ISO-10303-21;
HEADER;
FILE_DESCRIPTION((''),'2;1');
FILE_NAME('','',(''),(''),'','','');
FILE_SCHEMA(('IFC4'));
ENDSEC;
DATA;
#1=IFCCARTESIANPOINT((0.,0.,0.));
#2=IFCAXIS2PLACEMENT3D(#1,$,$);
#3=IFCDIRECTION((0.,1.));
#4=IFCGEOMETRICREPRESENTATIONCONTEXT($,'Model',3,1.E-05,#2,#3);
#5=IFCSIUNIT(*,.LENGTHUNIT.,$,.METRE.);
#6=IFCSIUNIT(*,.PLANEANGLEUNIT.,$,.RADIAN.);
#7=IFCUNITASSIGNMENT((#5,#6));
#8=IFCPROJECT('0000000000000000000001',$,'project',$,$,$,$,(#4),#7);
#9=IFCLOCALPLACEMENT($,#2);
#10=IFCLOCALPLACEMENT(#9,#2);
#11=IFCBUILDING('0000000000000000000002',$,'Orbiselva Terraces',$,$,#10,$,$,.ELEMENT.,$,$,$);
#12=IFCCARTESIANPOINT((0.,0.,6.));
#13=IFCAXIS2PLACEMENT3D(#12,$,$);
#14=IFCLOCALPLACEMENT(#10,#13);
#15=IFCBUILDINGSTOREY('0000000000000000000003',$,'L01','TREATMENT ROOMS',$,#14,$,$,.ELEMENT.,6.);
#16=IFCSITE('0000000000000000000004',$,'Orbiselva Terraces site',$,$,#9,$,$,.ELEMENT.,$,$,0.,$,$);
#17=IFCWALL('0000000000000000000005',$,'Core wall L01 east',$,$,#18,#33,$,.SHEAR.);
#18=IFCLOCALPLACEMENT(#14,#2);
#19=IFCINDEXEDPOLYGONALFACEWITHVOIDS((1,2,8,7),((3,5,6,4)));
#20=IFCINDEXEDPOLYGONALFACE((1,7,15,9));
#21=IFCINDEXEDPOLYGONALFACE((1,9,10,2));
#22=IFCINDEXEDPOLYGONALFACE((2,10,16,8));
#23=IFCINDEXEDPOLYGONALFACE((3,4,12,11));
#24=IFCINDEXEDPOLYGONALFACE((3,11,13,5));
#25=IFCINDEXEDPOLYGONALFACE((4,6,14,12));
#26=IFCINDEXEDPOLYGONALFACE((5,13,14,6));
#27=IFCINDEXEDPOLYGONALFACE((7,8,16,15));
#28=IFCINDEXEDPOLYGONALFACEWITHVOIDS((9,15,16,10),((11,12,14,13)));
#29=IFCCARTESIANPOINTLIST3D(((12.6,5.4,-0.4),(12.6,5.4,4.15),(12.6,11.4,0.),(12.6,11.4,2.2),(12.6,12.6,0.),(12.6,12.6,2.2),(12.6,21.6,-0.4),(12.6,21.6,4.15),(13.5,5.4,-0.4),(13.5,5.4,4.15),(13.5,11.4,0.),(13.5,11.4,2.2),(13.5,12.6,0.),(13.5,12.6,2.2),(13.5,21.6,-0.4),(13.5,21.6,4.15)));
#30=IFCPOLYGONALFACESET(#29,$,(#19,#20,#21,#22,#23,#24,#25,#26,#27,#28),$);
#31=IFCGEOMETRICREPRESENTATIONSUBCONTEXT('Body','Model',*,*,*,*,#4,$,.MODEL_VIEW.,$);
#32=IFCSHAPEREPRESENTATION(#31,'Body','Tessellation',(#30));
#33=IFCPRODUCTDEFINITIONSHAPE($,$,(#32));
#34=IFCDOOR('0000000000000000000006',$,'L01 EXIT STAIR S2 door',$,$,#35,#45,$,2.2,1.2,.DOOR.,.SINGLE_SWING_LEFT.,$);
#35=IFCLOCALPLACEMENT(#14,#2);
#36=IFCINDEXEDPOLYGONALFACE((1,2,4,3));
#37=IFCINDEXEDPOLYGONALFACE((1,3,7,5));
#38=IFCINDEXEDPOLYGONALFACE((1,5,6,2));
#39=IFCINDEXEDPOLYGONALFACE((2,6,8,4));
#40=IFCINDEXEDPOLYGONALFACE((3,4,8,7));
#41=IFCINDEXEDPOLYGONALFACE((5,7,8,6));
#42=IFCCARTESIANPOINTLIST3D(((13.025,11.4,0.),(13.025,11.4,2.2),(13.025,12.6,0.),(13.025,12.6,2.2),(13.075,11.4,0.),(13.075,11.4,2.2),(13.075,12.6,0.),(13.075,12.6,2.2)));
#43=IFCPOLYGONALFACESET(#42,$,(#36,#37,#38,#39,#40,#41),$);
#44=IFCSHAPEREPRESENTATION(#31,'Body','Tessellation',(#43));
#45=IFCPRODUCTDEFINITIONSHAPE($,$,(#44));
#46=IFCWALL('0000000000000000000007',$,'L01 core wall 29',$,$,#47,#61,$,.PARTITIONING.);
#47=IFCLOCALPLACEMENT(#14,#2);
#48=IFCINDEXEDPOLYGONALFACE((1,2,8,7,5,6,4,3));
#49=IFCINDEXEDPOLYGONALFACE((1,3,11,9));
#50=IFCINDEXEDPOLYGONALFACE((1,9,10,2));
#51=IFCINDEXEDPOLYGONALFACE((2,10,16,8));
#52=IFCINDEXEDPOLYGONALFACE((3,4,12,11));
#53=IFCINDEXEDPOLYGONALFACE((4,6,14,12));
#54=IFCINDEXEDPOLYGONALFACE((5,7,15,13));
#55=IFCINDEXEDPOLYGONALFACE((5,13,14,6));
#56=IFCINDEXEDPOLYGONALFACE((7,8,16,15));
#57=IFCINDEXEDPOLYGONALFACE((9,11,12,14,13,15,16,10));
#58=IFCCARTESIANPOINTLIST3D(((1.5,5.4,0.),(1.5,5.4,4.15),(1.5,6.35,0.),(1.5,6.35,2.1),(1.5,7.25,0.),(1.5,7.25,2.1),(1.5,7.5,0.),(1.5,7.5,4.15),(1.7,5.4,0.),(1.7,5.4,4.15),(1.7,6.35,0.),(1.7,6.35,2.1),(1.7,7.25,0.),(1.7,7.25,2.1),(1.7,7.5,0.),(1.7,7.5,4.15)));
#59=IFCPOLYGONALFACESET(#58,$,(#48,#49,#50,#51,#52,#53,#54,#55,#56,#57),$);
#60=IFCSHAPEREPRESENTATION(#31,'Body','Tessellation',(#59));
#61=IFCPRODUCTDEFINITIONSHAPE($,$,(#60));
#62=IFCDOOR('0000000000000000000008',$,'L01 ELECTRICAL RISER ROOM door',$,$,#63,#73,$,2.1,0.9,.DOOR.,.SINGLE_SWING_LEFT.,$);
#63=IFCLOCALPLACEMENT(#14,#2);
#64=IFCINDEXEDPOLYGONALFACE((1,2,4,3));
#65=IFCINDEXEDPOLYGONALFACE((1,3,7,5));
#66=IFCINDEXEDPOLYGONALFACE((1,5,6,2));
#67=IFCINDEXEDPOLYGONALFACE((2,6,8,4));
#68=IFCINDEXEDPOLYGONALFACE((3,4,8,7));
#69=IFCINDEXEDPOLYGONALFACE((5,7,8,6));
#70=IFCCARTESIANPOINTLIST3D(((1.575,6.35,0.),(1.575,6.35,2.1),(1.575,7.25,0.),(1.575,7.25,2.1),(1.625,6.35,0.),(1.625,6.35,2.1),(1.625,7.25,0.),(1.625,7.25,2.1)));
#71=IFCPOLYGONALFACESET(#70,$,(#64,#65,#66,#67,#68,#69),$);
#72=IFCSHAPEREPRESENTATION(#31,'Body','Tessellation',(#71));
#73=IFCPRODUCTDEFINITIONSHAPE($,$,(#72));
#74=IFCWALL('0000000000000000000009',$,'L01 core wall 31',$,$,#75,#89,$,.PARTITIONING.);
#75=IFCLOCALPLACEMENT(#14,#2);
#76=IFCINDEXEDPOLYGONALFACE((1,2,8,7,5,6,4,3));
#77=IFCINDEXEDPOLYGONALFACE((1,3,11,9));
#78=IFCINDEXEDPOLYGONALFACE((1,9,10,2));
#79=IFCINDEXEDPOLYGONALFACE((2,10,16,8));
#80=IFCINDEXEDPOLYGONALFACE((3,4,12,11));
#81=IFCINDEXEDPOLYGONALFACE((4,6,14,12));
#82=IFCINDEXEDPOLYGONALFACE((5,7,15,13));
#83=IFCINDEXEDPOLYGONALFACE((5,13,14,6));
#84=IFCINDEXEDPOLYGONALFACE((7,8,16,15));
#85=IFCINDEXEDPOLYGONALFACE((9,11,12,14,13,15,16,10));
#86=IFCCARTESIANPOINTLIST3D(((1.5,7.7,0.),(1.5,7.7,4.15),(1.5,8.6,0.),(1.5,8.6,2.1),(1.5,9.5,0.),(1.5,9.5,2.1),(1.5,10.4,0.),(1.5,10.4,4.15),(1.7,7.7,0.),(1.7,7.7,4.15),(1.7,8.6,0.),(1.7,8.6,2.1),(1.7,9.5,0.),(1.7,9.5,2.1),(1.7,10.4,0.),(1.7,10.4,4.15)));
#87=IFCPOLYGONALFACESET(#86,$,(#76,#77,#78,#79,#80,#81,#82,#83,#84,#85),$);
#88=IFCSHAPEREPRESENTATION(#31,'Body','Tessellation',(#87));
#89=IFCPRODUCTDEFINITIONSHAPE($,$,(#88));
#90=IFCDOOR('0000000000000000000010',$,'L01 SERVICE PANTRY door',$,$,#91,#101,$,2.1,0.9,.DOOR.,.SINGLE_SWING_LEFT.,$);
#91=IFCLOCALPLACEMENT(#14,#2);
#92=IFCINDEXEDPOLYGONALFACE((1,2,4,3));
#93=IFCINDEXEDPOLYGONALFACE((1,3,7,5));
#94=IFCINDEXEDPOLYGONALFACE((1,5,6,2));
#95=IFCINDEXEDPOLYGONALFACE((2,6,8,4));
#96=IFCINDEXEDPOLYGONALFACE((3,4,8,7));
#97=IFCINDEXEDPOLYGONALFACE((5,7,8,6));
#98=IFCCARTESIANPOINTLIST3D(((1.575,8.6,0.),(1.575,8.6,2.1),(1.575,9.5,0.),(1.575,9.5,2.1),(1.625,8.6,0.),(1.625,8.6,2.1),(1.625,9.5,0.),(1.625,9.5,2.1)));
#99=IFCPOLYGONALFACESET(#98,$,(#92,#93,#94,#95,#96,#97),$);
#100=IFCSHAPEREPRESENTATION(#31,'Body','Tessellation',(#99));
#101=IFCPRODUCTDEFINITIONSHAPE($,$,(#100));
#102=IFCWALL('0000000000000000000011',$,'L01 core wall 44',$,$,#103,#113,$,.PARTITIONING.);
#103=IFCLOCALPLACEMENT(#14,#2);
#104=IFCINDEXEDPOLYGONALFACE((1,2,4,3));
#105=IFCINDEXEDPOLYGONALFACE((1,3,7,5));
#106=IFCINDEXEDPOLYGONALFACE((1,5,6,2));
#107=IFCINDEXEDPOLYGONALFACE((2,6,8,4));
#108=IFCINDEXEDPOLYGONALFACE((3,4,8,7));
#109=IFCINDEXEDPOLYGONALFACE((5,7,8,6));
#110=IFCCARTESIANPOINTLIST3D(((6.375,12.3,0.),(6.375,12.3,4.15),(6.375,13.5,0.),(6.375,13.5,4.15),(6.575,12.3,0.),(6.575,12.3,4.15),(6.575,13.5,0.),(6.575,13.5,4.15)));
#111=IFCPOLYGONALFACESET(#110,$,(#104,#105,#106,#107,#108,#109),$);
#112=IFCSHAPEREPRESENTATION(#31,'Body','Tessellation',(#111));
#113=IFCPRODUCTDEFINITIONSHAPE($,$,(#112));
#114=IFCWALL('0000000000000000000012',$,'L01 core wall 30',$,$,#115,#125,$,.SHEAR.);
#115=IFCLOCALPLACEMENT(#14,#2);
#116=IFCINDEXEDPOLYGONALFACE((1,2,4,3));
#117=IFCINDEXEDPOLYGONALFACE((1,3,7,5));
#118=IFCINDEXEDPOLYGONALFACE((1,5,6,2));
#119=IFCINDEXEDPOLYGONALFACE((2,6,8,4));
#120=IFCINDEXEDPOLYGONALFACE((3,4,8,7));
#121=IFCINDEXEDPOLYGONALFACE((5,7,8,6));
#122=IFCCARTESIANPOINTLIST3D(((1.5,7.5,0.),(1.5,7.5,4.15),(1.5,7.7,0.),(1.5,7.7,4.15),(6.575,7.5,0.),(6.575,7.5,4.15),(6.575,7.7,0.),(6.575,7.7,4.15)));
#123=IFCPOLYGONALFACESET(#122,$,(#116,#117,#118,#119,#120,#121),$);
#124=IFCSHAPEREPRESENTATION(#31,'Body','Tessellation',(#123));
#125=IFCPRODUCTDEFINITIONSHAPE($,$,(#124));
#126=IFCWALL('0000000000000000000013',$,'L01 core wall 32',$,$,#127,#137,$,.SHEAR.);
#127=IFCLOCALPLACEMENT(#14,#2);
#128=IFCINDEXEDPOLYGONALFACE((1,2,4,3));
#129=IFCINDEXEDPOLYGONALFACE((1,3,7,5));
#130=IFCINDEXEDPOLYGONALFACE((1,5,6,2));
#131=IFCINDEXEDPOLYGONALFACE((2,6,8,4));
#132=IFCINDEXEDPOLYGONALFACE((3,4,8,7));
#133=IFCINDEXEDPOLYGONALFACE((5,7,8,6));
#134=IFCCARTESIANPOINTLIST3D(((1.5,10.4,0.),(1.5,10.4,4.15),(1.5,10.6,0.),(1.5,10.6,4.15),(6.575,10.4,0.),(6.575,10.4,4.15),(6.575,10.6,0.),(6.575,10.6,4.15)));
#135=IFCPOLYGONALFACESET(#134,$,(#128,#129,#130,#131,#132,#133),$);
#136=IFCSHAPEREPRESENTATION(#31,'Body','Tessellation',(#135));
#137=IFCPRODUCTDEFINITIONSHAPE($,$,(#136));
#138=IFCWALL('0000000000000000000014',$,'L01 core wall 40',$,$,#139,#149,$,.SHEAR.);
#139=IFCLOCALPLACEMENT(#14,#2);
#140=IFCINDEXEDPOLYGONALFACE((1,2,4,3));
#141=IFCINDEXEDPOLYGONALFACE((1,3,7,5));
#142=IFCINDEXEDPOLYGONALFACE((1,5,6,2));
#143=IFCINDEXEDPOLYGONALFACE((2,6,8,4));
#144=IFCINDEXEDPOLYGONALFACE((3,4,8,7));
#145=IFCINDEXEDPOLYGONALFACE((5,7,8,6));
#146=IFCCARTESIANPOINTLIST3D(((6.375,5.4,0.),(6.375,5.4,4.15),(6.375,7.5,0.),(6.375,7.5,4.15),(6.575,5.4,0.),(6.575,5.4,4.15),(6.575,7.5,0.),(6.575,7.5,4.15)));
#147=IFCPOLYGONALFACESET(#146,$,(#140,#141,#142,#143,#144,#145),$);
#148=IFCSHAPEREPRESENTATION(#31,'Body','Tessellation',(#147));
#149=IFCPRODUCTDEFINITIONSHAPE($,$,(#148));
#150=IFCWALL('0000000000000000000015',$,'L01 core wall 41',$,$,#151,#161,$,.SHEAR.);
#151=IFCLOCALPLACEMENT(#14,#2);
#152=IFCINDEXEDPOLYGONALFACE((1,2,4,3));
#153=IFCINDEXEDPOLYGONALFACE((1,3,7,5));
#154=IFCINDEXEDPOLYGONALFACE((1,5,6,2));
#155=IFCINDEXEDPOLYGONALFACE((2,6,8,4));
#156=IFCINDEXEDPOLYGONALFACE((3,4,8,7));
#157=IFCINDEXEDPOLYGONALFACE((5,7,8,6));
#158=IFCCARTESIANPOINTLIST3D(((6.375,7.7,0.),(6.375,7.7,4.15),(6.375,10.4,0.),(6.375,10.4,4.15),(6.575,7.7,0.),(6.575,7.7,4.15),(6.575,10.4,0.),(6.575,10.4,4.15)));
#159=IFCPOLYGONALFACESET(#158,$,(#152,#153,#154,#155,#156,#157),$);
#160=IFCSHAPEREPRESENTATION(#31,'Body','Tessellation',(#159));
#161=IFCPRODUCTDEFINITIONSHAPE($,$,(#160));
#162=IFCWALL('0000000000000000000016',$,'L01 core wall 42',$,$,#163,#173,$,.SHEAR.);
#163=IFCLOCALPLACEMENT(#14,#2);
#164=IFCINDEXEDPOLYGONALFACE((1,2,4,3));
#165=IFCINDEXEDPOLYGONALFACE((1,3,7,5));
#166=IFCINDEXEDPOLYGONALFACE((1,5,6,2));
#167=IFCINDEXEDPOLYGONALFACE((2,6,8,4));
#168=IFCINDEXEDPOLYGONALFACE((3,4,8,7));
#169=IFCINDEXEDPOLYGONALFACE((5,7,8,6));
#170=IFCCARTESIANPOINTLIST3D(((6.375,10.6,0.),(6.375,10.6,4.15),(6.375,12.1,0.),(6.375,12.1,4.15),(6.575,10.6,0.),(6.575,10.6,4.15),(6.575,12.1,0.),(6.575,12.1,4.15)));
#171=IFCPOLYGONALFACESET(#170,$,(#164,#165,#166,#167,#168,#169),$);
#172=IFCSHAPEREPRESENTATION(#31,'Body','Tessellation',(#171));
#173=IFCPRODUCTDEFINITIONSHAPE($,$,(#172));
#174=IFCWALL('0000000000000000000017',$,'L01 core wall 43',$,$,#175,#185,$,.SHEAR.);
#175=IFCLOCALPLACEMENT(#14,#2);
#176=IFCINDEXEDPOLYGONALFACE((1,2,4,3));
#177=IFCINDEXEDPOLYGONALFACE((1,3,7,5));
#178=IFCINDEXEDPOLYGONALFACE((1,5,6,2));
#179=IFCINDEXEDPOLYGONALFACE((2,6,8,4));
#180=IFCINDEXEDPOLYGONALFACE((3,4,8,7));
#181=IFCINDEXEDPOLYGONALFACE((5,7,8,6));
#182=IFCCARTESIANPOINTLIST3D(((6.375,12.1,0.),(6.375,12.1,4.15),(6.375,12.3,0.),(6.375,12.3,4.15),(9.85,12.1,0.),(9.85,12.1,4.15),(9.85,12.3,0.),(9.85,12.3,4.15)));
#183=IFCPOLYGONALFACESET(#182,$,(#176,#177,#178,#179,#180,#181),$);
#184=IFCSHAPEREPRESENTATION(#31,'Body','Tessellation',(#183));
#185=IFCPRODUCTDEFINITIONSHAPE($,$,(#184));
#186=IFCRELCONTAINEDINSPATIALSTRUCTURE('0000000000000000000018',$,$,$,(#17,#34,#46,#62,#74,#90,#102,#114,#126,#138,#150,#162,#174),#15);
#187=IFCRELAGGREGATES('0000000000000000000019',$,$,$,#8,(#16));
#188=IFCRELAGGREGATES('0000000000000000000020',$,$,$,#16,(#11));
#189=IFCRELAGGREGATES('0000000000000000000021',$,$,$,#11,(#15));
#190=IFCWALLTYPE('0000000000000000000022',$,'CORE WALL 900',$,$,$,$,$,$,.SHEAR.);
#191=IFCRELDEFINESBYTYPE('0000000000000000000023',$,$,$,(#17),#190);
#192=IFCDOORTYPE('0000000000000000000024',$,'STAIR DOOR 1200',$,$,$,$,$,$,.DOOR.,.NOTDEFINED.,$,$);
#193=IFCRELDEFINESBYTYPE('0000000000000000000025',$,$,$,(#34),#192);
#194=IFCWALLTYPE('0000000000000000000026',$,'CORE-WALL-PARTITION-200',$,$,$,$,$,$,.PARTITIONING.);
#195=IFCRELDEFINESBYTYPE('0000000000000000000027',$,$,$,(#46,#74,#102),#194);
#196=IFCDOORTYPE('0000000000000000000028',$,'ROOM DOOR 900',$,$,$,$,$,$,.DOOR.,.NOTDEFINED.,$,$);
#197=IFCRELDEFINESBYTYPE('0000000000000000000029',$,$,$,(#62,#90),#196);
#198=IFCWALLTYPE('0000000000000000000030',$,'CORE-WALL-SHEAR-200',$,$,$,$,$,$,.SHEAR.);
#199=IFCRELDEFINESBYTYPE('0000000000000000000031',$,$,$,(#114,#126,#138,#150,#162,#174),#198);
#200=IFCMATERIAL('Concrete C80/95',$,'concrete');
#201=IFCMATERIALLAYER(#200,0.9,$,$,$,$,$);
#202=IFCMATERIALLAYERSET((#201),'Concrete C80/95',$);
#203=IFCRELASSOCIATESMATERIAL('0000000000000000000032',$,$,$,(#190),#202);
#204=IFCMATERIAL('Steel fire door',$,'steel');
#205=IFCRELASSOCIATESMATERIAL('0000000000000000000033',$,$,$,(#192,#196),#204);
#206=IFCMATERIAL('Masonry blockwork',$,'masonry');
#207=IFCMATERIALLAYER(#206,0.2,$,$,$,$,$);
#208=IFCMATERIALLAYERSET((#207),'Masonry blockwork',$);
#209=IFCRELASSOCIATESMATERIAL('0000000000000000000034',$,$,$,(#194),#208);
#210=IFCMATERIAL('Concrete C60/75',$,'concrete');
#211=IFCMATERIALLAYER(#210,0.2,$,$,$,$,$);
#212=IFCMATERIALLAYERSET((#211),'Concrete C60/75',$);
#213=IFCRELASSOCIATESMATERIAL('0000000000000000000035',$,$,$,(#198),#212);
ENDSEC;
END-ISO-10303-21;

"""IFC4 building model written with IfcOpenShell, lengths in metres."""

from ifc_helpers import new_model, si_unit, direction, frame, frame_2d, origin, place, context, subcontext, project, spatial, rectangle, extrude, material, layer, layer_set, type_object, element, fill, save


model = new_model("IFC4")

# Units and contexts
model_context = context("Model", 3, precision=1e-05, world=origin(), true_north=direction((0.0, 1.0)))
body_context = subcontext(model_context, "Body", "Model", "MODEL_VIEW")
ifc_project = project(units=[si_unit("LENGTHUNIT", "METRE"), si_unit("PLANEANGLEUNIT", "RADIAN")], contexts=[model_context])

# Site, building, storey
site_placement = place(None, origin())
site = spatial("IfcSite", under=ifc_project, at=site_placement, Name="Orbiselva Terraces site", CompositionType="ELEMENT", RefElevation=0.0)
building_placement = place(site_placement, origin())
building = spatial("IfcBuilding", under=site, at=building_placement, Name="Orbiselva Terraces", CompositionType="ELEMENT")
storey_placement = place(building_placement, frame((0.0, 0.0, 6.0)))
storey = spatial("IfcBuildingStorey", under=building, at=storey_placement, Name="L01", Description="TREATMENT ROOMS", CompositionType="ELEMENT", Elevation=6.0)

# Walls, openings, doors
ifc_material_1 = material(Name="Concrete C80/95", Category="concrete")
ifc_layer_1 = layer(ifc_material_1, 0.9)
ifc_layer_set_1 = layer_set([ifc_layer_1], Name="Concrete C80/95")
wall_type_1 = type_object("IfcWallType", Name="CORE WALL 900", PredefinedType="SHEAR", material=ifc_layer_set_1)
wall_1_placement = place(storey_placement, frame((13.05, 5.4, -0.4), z_axis=(0.0, 0.0, 1.0), x_axis=(0.0, 1.0, 0.0)))
wall_1 = element("IfcWall", 1, at=wall_1_placement, inside=storey, type_object=wall_type_1, Name="Core wall L01 east", PredefinedType="SHEAR", context=body_context, shape_type="SweptSolid", body=[
    extrude(rectangle(XDim=16.2, YDim=0.9, at=frame_2d((8.1, 0.0))), origin(), (0.0, 0.0, 1.0), 4.55),
])
opening_1_placement = place(wall_1_placement, frame((6.0, 0.0, 0.4)))
opening_1 = element("IfcOpeningElement", 2, at=opening_1_placement, cuts=wall_1, PredefinedType="OPENING", context=body_context, shape_type="SweptSolid", body=[
    extrude(rectangle(XDim=1.2, YDim=2.2, at=frame_2d((0.6, 1.1))), frame((0.0, 0.46, 0.0), z_axis=(0.0, -1.0, 0.0), x_axis=(1.0, 0.0, 0.0)), (0.0, 0.0, 1.0), 0.92),
])
ifc_material_2 = material(Name="Steel fire door", Category="steel")
door_type_1 = type_object("IfcDoorType", Name="STAIR DOOR 1200", OperationType="NOTDEFINED", PredefinedType="DOOR", material=ifc_material_2)
door_1_placement = place(opening_1_placement, frame((1.2, 0.0, 0.0), z_axis=(0.0, 0.0, 1.0), x_axis=(-1.0, 0.0, 0.0)))
door_1 = element("IfcDoor", 3, at=door_1_placement, inside=storey, type_object=door_type_1, Name="L01 EXIT STAIR S2 door", OperationType="SINGLE_SWING_LEFT", OverallHeight=2.2, OverallWidth=1.2, PredefinedType="DOOR", context=body_context, shape_type="SweptSolid", body=[
    extrude(rectangle(XDim=1.2, YDim=2.2, at=frame_2d((0.6, 1.1))), frame((0.0, 0.025, 0.0), z_axis=(0.0, -1.0, 0.0), x_axis=(1.0, 0.0, 0.0)), (0.0, 0.0, 1.0), 0.05),
])
fill(opening_1, door_1)
ifc_material_3 = material(Name="Masonry blockwork", Category="masonry")
ifc_layer_2 = layer(ifc_material_3, 0.2)
ifc_layer_set_2 = layer_set([ifc_layer_2], Name="Masonry blockwork")
wall_type_2 = type_object("IfcWallType", Name="CORE-WALL-PARTITION-200", PredefinedType="PARTITIONING", material=ifc_layer_set_2)
wall_2_placement = place(storey_placement, frame((1.6, 7.5, 0.0), z_axis=(0.0, 0.0, 1.0), x_axis=(0.0, -1.0, 0.0)))
wall_2 = element("IfcWall", 4, at=wall_2_placement, inside=storey, type_object=wall_type_2, Name="L01 core wall 29", PredefinedType="PARTITIONING", context=body_context, shape_type="SweptSolid", body=[
    extrude(rectangle(XDim=2.1, YDim=0.2, at=frame_2d((1.05, 0.0))), origin(), (0.0, 0.0, 1.0), 4.15),
])
opening_2_placement = place(wall_2_placement, frame((0.25, 0.0, 0.0)))
opening_2 = element("IfcOpeningElement", 5, at=opening_2_placement, cuts=wall_2, PredefinedType="OPENING", context=body_context, shape_type="SweptSolid", body=[
    extrude(rectangle(XDim=0.9, YDim=2.1, at=frame_2d((0.45, 1.05))), frame((0.0, 0.11, 0.0), z_axis=(0.0, -1.0, 0.0), x_axis=(1.0, 0.0, 0.0)), (0.0, 0.0, 1.0), 0.22),
])
door_type_2 = type_object("IfcDoorType", Name="ROOM DOOR 900", OperationType="NOTDEFINED", PredefinedType="DOOR", material=ifc_material_2)
door_2_placement = place(opening_2_placement, origin())
door_2 = element("IfcDoor", 6, at=door_2_placement, inside=storey, type_object=door_type_2, Name="L01 ELECTRICAL RISER ROOM door", OperationType="SINGLE_SWING_LEFT", OverallHeight=2.1, OverallWidth=0.9, PredefinedType="DOOR", context=body_context, shape_type="SweptSolid", body=[
    extrude(rectangle(XDim=0.9, YDim=2.1, at=frame_2d((0.45, 1.05))), frame((0.0, 0.025, 0.0), z_axis=(0.0, -1.0, 0.0), x_axis=(1.0, 0.0, 0.0)), (0.0, 0.0, 1.0), 0.05),
])
fill(opening_2, door_2)
wall_3_placement = place(storey_placement, frame((1.6, 10.4, 0.0), z_axis=(0.0, 0.0, 1.0), x_axis=(0.0, -1.0, 0.0)))
wall_3 = element("IfcWall", 7, at=wall_3_placement, inside=storey, type_object=wall_type_2, Name="L01 core wall 31", PredefinedType="PARTITIONING", context=body_context, shape_type="SweptSolid", body=[
    extrude(rectangle(XDim=2.7, YDim=0.2, at=frame_2d((1.35, 0.0))), origin(), (0.0, 0.0, 1.0), 4.15),
])
opening_3_placement = place(wall_3_placement, frame((0.9, 0.0, 0.0)))
opening_3 = element("IfcOpeningElement", 8, at=opening_3_placement, cuts=wall_3, PredefinedType="OPENING", context=body_context, shape_type="SweptSolid", body=[
    extrude(rectangle(XDim=0.9, YDim=2.1, at=frame_2d((0.45, 1.05))), frame((0.0, 0.11, 0.0), z_axis=(0.0, -1.0, 0.0), x_axis=(1.0, 0.0, 0.0)), (0.0, 0.0, 1.0), 0.22),
])
door_3_placement = place(opening_3_placement, origin())
door_3 = element("IfcDoor", 9, at=door_3_placement, inside=storey, type_object=door_type_2, Name="L01 SERVICE PANTRY door", OperationType="SINGLE_SWING_LEFT", OverallHeight=2.1, OverallWidth=0.9, PredefinedType="DOOR", context=body_context, shape_type="SweptSolid", body=[
    extrude(rectangle(XDim=0.9, YDim=2.1, at=frame_2d((0.45, 1.05))), frame((0.0, 0.025, 0.0), z_axis=(0.0, -1.0, 0.0), x_axis=(1.0, 0.0, 0.0)), (0.0, 0.0, 1.0), 0.05),
])
fill(opening_3, door_3)

# Walls
wall_4_placement = place(storey_placement, frame((6.475, 12.3, 0.0), z_axis=(0.0, 0.0, 1.0), x_axis=(0.0, 1.0, 0.0)))
element("IfcWall", 10, at=wall_4_placement, inside=storey, type_object=wall_type_2, Name="L01 core wall 44", PredefinedType="PARTITIONING", context=body_context, shape_type="SweptSolid", body=[
    extrude(rectangle(XDim=1.2, YDim=0.2, at=frame_2d((0.6, 0.0))), origin(), (0.0, 0.0, 1.0), 4.15),
])
ifc_material_4 = material(Name="Concrete C60/75", Category="concrete")
ifc_layer_3 = layer(ifc_material_4, 0.2)
ifc_layer_set_3 = layer_set([ifc_layer_3], Name="Concrete C60/75")
wall_type_3 = type_object("IfcWallType", Name="CORE-WALL-SHEAR-200", PredefinedType="SHEAR", material=ifc_layer_set_3)
for number, where, z_axis, x_axis, name in (
    (11, (1.5, 7.6, 0.0), (0.0, 0.0, 1.0), (1.0, 0.0, 0.0), "L01 core wall 30"),
    (12, (1.5, 10.5, 0.0), (0.0, 0.0, 1.0), (1.0, 0.0, 0.0), "L01 core wall 32"),
):
    element("IfcWall", number, at=place(storey_placement, frame(where, z_axis=z_axis, x_axis=x_axis)), inside=storey, type_object=wall_type_3, Name=name, PredefinedType="SHEAR", context=body_context, shape_type="SweptSolid", body=[
        extrude(rectangle(XDim=5.075, YDim=0.2, at=frame_2d((2.5375, 0.0))), origin(), (0.0, 0.0, 1.0), 4.15),
    ])
wall_5_placement = place(storey_placement, frame((6.475, 5.4, 0.0), z_axis=(0.0, 0.0, 1.0), x_axis=(0.0, 1.0, 0.0)))
element("IfcWall", 13, at=wall_5_placement, inside=storey, type_object=wall_type_3, Name="L01 core wall 40", PredefinedType="SHEAR", context=body_context, shape_type="SweptSolid", body=[
    extrude(rectangle(XDim=2.1, YDim=0.2, at=frame_2d((1.05, 0.0))), origin(), (0.0, 0.0, 1.0), 4.15),
])
wall_6_placement = place(storey_placement, frame((6.475, 7.7, 0.0), z_axis=(0.0, 0.0, 1.0), x_axis=(0.0, 1.0, 0.0)))
element("IfcWall", 14, at=wall_6_placement, inside=storey, type_object=wall_type_3, Name="L01 core wall 41", PredefinedType="SHEAR", context=body_context, shape_type="SweptSolid", body=[
    extrude(rectangle(XDim=2.7, YDim=0.2, at=frame_2d((1.35, 0.0))), origin(), (0.0, 0.0, 1.0), 4.15),
])
wall_7_placement = place(storey_placement, frame((6.475, 10.6, 0.0), z_axis=(0.0, 0.0, 1.0), x_axis=(0.0, 1.0, 0.0)))
element("IfcWall", 15, at=wall_7_placement, inside=storey, type_object=wall_type_3, Name="L01 core wall 42", PredefinedType="SHEAR", context=body_context, shape_type="SweptSolid", body=[
    extrude(rectangle(XDim=1.5, YDim=0.2, at=frame_2d((0.75, 0.0))), origin(), (0.0, 0.0, 1.0), 4.15),
])
wall_8_placement = place(storey_placement, frame((6.375, 12.2, 0.0), z_axis=(0.0, 0.0, 1.0), x_axis=(1.0, 0.0, 0.0)))
element("IfcWall", 16, at=wall_8_placement, inside=storey, type_object=wall_type_3, Name="L01 core wall 43", PredefinedType="SHEAR", context=body_context, shape_type="SweptSolid", body=[
    extrude(rectangle(XDim=3.475, YDim=0.2, at=frame_2d((1.7375, 0.0))), origin(), (0.0, 0.0, 1.0), 4.15),
])

save(model, "model.ifc")
